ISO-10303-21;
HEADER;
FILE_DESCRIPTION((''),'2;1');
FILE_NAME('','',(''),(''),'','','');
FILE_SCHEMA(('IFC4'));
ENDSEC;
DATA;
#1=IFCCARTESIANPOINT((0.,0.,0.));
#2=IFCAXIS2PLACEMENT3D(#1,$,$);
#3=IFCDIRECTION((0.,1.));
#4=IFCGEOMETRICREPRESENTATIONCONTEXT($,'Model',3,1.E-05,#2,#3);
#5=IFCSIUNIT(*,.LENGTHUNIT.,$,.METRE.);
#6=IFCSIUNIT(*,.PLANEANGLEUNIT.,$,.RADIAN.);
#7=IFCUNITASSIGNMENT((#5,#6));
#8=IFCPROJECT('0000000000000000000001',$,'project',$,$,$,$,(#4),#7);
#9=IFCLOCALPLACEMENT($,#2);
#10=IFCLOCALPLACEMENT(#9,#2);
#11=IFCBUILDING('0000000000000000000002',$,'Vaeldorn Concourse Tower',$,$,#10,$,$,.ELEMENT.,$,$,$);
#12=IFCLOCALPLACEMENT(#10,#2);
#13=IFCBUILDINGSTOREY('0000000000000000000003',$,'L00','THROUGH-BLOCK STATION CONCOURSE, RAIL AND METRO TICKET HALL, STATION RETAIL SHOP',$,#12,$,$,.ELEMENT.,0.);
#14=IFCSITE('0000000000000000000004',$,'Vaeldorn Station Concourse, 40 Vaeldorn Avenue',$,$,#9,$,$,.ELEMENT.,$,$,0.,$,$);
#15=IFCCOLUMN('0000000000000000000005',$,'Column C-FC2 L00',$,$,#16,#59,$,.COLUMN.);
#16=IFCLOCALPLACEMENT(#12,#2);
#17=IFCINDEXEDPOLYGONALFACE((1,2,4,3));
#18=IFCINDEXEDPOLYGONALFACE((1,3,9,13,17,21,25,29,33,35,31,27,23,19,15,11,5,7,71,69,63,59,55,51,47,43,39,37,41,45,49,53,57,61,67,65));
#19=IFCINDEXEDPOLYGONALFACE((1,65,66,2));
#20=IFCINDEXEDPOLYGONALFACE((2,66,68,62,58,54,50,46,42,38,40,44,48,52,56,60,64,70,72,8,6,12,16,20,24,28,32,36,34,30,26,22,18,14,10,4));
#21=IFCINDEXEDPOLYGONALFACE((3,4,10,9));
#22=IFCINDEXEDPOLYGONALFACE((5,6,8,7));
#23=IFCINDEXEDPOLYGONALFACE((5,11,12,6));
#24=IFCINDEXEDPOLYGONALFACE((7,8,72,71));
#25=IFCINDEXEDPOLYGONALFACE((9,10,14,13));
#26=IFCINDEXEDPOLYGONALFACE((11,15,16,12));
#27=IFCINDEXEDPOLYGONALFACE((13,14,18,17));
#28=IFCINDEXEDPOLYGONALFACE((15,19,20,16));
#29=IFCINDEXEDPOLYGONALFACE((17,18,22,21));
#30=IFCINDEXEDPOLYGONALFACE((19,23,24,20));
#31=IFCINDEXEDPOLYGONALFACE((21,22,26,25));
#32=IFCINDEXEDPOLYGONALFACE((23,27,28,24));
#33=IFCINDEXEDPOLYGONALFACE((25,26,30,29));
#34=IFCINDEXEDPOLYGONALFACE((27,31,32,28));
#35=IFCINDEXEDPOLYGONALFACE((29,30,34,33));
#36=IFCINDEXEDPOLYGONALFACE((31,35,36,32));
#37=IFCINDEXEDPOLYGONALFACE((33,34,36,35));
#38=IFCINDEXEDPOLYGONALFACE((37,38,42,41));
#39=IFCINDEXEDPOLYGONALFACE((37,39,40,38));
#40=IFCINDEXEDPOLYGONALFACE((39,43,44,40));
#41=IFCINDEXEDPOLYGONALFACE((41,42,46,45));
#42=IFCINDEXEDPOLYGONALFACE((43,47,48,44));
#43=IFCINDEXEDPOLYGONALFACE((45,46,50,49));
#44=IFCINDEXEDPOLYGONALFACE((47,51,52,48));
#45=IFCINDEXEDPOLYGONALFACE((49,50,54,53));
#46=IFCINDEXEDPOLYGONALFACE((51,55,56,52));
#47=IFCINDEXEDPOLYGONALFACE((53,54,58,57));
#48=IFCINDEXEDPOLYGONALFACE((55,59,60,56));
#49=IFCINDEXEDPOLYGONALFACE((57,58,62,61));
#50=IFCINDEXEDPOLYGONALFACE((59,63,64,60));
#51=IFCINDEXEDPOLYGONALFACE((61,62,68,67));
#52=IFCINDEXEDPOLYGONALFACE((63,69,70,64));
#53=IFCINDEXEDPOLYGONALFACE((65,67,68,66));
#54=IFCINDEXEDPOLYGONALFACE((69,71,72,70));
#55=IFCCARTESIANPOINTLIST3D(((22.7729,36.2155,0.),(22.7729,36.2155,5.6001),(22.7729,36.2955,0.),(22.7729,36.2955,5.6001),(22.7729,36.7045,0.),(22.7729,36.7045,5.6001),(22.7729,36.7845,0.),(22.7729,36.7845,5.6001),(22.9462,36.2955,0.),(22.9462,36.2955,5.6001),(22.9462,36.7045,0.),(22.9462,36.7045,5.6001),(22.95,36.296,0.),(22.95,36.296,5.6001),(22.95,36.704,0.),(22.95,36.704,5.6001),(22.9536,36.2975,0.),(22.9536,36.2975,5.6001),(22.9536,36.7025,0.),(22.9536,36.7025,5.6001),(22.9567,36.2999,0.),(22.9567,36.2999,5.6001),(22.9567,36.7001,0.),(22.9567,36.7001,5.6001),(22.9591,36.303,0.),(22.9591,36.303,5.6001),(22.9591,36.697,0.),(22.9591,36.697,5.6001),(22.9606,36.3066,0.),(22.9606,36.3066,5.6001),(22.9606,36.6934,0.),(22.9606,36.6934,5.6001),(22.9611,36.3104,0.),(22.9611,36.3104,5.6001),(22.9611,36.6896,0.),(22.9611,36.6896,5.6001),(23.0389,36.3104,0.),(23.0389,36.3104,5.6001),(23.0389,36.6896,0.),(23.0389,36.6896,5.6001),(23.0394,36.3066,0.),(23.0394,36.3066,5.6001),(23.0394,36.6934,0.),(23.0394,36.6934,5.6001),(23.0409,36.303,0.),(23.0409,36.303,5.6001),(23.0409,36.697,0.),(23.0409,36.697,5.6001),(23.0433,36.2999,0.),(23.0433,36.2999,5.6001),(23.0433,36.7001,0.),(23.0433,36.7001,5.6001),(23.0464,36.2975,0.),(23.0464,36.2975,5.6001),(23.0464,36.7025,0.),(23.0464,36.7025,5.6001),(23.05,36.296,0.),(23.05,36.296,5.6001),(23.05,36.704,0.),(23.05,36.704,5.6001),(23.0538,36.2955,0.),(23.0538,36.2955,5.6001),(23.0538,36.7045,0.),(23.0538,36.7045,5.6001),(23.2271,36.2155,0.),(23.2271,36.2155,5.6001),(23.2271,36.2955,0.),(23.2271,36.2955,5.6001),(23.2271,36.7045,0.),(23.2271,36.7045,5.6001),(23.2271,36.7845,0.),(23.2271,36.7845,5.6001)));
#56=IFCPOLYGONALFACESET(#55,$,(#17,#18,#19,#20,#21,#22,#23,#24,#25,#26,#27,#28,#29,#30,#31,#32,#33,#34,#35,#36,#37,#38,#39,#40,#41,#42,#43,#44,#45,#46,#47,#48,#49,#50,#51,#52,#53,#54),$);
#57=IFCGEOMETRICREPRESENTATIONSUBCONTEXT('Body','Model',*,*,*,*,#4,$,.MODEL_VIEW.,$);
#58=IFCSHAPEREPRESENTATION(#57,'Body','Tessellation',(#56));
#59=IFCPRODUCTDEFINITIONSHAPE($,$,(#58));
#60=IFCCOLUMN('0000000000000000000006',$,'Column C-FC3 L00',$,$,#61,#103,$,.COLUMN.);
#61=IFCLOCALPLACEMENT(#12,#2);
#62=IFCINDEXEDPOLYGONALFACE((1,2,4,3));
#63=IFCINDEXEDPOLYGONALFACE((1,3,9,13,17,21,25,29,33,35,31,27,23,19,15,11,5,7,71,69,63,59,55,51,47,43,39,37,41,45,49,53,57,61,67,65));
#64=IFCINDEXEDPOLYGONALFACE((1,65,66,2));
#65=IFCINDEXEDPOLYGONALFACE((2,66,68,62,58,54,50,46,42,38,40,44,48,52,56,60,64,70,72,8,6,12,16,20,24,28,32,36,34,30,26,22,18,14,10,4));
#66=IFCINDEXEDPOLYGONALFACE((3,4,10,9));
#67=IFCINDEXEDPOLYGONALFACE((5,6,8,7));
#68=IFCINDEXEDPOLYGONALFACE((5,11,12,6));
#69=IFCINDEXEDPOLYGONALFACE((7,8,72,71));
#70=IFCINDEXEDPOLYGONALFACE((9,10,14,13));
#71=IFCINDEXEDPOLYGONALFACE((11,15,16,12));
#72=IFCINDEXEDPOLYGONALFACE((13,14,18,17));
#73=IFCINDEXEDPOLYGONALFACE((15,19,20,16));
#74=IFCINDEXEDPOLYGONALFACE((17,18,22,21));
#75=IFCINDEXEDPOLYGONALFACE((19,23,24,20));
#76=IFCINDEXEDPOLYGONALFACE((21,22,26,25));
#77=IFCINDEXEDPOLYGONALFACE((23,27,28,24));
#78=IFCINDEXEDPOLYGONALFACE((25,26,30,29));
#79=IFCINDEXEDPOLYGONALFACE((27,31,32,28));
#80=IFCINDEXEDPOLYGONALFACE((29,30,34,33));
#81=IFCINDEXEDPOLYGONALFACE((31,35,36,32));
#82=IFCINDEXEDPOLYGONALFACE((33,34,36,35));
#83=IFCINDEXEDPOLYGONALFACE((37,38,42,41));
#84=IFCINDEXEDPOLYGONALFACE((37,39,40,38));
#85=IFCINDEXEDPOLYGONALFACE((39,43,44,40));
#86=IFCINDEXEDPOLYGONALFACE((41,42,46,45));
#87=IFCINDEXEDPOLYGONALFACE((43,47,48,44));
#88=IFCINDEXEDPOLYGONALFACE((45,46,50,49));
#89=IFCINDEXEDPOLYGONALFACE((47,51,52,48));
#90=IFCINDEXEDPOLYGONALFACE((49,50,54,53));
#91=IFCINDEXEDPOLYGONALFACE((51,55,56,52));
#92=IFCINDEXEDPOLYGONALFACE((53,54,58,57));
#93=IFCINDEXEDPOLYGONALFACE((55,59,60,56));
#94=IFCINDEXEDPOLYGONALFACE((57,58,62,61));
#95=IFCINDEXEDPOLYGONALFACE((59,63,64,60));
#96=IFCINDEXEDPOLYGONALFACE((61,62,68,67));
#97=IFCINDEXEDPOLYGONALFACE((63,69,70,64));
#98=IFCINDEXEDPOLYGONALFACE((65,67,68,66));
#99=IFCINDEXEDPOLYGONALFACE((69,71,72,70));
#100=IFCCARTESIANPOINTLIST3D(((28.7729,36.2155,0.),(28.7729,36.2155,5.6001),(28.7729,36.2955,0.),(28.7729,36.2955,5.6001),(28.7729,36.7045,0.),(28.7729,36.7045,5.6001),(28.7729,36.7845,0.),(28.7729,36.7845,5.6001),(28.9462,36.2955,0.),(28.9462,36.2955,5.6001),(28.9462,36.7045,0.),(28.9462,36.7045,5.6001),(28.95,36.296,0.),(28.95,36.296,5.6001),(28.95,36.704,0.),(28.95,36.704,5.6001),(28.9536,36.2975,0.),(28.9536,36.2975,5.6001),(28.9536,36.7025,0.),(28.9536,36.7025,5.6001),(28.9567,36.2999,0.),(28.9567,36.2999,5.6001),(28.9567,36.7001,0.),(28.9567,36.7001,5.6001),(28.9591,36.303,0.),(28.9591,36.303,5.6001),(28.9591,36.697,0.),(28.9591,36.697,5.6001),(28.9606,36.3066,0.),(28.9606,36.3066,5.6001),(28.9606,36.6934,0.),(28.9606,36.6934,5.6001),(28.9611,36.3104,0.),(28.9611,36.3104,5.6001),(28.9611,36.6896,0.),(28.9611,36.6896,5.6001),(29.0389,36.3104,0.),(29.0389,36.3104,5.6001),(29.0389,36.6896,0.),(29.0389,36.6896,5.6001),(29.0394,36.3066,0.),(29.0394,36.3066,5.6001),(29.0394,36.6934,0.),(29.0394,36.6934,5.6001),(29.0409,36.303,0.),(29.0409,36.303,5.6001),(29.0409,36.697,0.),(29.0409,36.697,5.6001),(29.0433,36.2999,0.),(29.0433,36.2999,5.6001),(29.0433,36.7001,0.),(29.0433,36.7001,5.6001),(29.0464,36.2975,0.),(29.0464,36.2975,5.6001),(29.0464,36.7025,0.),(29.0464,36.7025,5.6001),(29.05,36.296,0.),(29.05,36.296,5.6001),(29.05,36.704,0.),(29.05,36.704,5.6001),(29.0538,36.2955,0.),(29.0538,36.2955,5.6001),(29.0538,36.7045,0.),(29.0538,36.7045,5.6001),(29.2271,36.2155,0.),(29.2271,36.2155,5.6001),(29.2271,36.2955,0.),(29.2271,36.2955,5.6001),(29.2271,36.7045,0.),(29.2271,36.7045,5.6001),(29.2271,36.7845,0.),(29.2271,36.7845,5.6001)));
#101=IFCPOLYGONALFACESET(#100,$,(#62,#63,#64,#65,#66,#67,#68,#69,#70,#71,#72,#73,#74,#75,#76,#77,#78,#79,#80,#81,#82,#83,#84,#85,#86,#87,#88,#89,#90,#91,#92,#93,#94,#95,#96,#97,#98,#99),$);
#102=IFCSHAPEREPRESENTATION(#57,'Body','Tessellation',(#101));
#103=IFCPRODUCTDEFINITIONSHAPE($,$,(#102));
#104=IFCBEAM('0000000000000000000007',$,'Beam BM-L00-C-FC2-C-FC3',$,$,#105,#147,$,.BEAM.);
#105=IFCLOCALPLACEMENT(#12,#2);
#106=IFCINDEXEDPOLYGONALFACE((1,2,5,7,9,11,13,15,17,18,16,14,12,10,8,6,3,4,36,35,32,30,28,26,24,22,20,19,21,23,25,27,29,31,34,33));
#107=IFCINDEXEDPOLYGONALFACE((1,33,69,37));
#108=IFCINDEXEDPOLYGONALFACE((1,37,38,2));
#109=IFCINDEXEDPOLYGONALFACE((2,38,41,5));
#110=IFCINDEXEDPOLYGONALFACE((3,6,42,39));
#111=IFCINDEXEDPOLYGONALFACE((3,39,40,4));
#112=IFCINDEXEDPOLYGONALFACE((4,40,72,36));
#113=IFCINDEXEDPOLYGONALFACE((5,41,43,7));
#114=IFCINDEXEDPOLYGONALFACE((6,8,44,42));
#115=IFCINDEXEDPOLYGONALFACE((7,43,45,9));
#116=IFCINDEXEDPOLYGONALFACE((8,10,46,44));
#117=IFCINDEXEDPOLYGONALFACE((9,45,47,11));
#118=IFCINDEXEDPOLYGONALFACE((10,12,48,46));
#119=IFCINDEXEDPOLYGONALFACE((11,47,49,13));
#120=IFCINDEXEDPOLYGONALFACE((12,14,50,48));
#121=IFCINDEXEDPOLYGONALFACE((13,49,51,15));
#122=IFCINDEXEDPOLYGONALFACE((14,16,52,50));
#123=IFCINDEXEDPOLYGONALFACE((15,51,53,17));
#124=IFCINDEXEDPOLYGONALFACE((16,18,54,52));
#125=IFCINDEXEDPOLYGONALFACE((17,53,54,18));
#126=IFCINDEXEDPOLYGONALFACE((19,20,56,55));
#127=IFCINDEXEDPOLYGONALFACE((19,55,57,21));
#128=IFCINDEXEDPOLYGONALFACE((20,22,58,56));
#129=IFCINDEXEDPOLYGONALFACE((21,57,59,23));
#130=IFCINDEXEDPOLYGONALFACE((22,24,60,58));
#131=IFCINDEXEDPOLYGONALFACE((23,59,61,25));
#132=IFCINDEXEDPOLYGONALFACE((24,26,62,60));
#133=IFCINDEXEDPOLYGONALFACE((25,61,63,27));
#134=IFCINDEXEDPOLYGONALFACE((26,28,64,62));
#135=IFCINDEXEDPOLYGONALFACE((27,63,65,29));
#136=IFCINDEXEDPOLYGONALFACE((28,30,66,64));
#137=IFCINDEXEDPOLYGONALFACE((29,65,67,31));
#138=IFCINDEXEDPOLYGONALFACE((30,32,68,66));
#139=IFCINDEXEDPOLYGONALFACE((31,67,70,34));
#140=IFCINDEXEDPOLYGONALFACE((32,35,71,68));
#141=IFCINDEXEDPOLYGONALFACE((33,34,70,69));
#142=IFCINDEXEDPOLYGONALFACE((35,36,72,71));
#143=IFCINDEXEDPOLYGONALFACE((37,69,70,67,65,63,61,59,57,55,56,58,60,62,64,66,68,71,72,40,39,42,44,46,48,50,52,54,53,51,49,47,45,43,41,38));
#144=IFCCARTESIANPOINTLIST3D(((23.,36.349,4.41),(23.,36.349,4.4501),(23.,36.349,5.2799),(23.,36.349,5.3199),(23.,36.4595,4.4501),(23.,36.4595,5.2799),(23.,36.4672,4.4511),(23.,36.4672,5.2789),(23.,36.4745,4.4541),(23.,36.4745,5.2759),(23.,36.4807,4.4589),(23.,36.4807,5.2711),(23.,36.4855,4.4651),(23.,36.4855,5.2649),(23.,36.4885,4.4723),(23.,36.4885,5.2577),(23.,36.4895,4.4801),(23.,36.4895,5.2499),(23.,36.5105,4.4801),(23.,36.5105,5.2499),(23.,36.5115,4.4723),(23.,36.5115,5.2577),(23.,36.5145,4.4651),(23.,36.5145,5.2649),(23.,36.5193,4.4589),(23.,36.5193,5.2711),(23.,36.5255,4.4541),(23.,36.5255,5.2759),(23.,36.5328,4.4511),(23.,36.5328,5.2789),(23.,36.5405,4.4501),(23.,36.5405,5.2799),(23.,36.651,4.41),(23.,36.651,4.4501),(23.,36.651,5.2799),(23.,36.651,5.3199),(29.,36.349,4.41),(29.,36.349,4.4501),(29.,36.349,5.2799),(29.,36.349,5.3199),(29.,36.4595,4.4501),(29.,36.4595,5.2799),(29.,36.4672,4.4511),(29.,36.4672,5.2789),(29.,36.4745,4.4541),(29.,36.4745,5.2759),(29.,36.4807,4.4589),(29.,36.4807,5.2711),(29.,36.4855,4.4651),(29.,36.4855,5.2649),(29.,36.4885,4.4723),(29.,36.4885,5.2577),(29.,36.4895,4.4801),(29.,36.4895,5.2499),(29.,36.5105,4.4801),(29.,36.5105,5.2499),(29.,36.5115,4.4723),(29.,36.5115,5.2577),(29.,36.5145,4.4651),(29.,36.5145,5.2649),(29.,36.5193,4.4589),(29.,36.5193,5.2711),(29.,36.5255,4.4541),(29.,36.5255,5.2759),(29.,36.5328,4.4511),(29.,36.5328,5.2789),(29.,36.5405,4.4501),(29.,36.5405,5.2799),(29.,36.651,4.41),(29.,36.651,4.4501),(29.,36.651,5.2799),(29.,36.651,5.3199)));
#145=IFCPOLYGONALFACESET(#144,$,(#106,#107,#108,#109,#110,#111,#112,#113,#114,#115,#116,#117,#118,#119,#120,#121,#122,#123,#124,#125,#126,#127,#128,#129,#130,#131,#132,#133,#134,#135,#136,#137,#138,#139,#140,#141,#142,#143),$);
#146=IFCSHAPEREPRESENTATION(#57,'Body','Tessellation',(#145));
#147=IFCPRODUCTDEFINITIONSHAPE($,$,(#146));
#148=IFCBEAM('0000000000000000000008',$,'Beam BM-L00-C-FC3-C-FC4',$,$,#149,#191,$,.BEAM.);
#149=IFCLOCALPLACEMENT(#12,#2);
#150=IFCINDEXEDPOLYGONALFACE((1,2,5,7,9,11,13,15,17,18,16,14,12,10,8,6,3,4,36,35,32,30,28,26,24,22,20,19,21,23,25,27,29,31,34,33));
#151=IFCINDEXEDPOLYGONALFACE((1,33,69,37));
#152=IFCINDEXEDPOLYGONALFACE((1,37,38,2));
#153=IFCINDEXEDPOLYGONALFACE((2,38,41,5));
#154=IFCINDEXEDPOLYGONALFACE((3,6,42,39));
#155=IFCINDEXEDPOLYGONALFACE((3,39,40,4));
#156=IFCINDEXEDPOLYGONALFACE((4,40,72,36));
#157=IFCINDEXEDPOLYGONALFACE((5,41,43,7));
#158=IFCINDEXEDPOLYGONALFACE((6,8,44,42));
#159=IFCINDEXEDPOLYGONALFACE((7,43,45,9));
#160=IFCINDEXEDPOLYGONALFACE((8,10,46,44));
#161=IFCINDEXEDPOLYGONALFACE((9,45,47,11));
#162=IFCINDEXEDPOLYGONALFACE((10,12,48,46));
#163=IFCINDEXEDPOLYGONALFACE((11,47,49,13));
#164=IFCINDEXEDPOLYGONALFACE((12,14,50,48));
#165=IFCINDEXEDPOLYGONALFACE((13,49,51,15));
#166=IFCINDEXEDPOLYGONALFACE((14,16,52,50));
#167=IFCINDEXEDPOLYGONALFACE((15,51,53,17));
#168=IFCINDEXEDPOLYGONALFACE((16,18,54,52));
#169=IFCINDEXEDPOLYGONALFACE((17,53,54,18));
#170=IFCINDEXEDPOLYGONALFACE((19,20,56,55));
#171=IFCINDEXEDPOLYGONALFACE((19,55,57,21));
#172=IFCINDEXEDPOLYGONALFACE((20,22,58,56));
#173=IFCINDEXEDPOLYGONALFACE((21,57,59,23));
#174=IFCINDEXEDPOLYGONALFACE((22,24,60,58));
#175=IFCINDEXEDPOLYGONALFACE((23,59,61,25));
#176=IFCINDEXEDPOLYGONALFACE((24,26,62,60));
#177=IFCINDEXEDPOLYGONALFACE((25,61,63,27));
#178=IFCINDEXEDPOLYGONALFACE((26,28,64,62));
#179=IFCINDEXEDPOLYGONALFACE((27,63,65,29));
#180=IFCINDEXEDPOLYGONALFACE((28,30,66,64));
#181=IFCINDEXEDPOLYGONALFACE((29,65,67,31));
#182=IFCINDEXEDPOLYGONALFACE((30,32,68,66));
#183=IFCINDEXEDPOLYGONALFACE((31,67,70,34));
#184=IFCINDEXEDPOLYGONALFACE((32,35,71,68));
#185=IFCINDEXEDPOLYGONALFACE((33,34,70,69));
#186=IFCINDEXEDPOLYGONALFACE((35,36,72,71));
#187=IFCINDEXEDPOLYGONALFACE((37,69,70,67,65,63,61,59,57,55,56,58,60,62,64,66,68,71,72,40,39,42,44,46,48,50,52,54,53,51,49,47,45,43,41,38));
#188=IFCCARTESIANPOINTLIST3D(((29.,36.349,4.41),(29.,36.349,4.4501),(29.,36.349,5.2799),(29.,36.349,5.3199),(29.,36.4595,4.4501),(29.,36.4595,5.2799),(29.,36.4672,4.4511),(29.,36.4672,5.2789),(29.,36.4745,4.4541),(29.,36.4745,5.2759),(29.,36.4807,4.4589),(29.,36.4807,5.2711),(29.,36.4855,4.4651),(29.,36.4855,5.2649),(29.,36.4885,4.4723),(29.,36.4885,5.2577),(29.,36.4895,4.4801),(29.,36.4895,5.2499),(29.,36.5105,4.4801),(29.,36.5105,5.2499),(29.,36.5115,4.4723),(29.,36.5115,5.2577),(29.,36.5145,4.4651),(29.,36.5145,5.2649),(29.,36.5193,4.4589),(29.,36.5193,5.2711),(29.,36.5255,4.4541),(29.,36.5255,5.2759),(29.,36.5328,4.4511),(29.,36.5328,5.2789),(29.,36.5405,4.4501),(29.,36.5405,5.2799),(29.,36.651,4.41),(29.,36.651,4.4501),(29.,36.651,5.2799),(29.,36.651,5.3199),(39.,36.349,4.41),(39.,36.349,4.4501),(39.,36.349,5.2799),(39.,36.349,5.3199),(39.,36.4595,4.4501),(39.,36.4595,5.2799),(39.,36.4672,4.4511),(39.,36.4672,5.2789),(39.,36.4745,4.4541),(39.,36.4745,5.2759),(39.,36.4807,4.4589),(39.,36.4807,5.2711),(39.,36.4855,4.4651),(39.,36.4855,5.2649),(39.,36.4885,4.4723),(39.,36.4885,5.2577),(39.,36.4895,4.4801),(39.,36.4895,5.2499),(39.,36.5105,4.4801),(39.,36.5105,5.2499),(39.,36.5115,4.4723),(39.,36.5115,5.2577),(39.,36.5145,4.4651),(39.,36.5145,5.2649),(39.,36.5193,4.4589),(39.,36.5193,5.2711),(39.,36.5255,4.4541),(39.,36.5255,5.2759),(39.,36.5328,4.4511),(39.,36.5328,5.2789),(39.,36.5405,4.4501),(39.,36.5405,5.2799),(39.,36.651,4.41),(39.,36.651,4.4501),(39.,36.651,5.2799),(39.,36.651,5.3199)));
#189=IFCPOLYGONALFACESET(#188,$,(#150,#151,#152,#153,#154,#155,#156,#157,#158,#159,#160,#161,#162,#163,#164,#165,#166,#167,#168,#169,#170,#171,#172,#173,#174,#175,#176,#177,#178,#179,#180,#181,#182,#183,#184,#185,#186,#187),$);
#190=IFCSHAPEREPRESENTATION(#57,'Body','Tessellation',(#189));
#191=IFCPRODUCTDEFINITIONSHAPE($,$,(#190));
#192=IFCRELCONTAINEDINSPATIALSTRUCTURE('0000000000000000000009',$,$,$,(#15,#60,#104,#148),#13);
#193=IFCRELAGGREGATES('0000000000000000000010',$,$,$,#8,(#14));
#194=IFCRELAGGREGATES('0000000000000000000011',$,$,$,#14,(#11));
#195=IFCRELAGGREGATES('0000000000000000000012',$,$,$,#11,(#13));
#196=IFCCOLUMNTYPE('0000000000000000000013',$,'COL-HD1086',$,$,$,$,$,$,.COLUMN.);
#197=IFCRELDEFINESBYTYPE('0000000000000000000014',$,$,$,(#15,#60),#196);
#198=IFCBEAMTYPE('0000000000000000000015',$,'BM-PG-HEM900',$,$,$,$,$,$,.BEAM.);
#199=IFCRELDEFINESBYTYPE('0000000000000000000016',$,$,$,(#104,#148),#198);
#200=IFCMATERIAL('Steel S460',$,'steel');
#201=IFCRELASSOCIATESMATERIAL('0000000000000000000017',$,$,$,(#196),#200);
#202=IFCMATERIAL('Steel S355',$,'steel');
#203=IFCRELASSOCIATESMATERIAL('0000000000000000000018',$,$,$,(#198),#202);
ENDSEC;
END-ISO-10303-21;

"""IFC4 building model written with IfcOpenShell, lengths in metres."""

from ifc_helpers import new_model, si_unit, direction, frame, origin, origin_2d, place, context, subcontext, project, spatial, i_section, extrude, source, transform, mapped, material, material_profile, profile_set, type_object, element, save


model = new_model("IFC4")

# Units and contexts
model_context = context("Model", 3, precision=1e-05, world=origin(), true_north=direction((0.0, 1.0)))
body_context = subcontext(model_context, "Body", "Model", "MODEL_VIEW")
ifc_project = project(units=[si_unit("LENGTHUNIT", "METRE"), si_unit("PLANEANGLEUNIT", "RADIAN")], contexts=[model_context])

# Site, building, storey
site_placement = place(None, origin())
site = spatial("IfcSite", under=ifc_project, at=site_placement, Name="Vaeldorn Station Concourse, 40 Vaeldorn Avenue", CompositionType="ELEMENT", RefElevation=0.0)
building_placement = place(site_placement, origin())
building = spatial("IfcBuilding", under=site, at=building_placement, Name="Vaeldorn Concourse Tower", CompositionType="ELEMENT")
storey_placement = place(building_placement, origin())
storey = spatial("IfcBuildingStorey", under=building, at=storey_placement, Name="L00", Description="THROUGH-BLOCK STATION CONCOURSE, RAIL AND METRO TICKET HALL, STATION RETAIL SHOP", CompositionType="ELEMENT", Elevation=0.0)

# Columns
ifc_material_1 = material(Name="Steel S460", Category="steel")
ifc_material_profile_1 = material_profile(ifc_material_1, i_section(OverallWidth=0.4541, OverallDepth=0.5691, WebThickness=0.0779, FlangeThickness=0.0801, FilletRadius=0.0149, at=origin_2d()), Name="HD 400x1086")
ifc_profile_set_1 = profile_set([ifc_material_profile_1], Name="Steel S460")
column_type = type_object("IfcColumnType", Name="COL-HD1086", PredefinedType="COLUMN", material=ifc_profile_set_1)
shared_shape_1 = source(origin(), body_context, "Body", "SweptSolid", [
    extrude(i_section(OverallWidth=0.4541, OverallDepth=0.5691, WebThickness=0.0779, FlangeThickness=0.0801, FilletRadius=0.0149, at=origin_2d()), origin(), (0.0, 0.0, 1.0), 5.6001),
])
for number, where, z_axis, x_axis, name in (
    (1, (23.0, 36.5, 0.0), (0.0, 0.0, 1.0), (1.0, 0.0, 0.0), "Column C-FC2 L00"),
    (2, (29.0, 36.5, 0.0), (0.0, 0.0, 1.0), (1.0, 0.0, 0.0), "Column C-FC3 L00"),
):
    element("IfcColumn", number, at=place(storey_placement, frame(where, z_axis=z_axis, x_axis=x_axis)), inside=storey, type_object=column_type, Name=name, PredefinedType="COLUMN", context=body_context, shape_type="MappedRepresentation", body=[
        mapped(shared_shape_1, transform((0.0, 0.0, 0.0), scale=1.0)),
    ])

# Beams
ifc_material_2 = material(Name="Steel S355", Category="steel")
ifc_material_profile_2 = material_profile(ifc_material_2, i_section(OverallWidth=0.302, OverallDepth=0.9099, WebThickness=0.021, FlangeThickness=0.04, FilletRadius=0.03, at=origin_2d()), Name="HEM 900")
ifc_profile_set_2 = profile_set([ifc_material_profile_2], Name="Steel S355")
beam_type = type_object("IfcBeamType", Name="BM-PG-HEM900", PredefinedType="BEAM", material=ifc_profile_set_2)
shared_shape_2 = source(origin(), body_context, "Body", "SweptSolid", [
    extrude(i_section(OverallWidth=0.302, OverallDepth=0.9099, WebThickness=0.021, FlangeThickness=0.04, FilletRadius=0.03, at=origin_2d()), origin(), (0.0, 0.0, 1.0), 6.0),
])
beam_1_placement = place(storey_placement, frame((23.0, 36.5, 4.865), z_axis=(1.0, 0.0, 0.0), x_axis=(0.0, 1.0, 0.0)))
element("IfcBeam", 3, at=beam_1_placement, inside=storey, type_object=beam_type, Name="Beam BM-L00-C-FC2-C-FC3", PredefinedType="BEAM", context=body_context, shape_type="MappedRepresentation", body=[
    mapped(shared_shape_2, transform((0.0, 0.0, 0.0), scale=1.0)),
])
shared_shape_3 = source(origin(), body_context, "Body", "SweptSolid", [
    extrude(i_section(OverallWidth=0.302, OverallDepth=0.9099, WebThickness=0.021, FlangeThickness=0.04, FilletRadius=0.03, at=origin_2d()), origin(), (0.0, 0.0, 1.0), 10.0),
])
beam_2_placement = place(storey_placement, frame((29.0, 36.5, 4.865), z_axis=(1.0, 0.0, 0.0), x_axis=(0.0, 1.0, 0.0)))
element("IfcBeam", 4, at=beam_2_placement, inside=storey, type_object=beam_type, Name="Beam BM-L00-C-FC3-C-FC4", PredefinedType="BEAM", context=body_context, shape_type="MappedRepresentation", body=[
    mapped(shared_shape_3, transform((0.0, 0.0, 0.0), scale=1.0)),
])

save(model, "model.ifc")
